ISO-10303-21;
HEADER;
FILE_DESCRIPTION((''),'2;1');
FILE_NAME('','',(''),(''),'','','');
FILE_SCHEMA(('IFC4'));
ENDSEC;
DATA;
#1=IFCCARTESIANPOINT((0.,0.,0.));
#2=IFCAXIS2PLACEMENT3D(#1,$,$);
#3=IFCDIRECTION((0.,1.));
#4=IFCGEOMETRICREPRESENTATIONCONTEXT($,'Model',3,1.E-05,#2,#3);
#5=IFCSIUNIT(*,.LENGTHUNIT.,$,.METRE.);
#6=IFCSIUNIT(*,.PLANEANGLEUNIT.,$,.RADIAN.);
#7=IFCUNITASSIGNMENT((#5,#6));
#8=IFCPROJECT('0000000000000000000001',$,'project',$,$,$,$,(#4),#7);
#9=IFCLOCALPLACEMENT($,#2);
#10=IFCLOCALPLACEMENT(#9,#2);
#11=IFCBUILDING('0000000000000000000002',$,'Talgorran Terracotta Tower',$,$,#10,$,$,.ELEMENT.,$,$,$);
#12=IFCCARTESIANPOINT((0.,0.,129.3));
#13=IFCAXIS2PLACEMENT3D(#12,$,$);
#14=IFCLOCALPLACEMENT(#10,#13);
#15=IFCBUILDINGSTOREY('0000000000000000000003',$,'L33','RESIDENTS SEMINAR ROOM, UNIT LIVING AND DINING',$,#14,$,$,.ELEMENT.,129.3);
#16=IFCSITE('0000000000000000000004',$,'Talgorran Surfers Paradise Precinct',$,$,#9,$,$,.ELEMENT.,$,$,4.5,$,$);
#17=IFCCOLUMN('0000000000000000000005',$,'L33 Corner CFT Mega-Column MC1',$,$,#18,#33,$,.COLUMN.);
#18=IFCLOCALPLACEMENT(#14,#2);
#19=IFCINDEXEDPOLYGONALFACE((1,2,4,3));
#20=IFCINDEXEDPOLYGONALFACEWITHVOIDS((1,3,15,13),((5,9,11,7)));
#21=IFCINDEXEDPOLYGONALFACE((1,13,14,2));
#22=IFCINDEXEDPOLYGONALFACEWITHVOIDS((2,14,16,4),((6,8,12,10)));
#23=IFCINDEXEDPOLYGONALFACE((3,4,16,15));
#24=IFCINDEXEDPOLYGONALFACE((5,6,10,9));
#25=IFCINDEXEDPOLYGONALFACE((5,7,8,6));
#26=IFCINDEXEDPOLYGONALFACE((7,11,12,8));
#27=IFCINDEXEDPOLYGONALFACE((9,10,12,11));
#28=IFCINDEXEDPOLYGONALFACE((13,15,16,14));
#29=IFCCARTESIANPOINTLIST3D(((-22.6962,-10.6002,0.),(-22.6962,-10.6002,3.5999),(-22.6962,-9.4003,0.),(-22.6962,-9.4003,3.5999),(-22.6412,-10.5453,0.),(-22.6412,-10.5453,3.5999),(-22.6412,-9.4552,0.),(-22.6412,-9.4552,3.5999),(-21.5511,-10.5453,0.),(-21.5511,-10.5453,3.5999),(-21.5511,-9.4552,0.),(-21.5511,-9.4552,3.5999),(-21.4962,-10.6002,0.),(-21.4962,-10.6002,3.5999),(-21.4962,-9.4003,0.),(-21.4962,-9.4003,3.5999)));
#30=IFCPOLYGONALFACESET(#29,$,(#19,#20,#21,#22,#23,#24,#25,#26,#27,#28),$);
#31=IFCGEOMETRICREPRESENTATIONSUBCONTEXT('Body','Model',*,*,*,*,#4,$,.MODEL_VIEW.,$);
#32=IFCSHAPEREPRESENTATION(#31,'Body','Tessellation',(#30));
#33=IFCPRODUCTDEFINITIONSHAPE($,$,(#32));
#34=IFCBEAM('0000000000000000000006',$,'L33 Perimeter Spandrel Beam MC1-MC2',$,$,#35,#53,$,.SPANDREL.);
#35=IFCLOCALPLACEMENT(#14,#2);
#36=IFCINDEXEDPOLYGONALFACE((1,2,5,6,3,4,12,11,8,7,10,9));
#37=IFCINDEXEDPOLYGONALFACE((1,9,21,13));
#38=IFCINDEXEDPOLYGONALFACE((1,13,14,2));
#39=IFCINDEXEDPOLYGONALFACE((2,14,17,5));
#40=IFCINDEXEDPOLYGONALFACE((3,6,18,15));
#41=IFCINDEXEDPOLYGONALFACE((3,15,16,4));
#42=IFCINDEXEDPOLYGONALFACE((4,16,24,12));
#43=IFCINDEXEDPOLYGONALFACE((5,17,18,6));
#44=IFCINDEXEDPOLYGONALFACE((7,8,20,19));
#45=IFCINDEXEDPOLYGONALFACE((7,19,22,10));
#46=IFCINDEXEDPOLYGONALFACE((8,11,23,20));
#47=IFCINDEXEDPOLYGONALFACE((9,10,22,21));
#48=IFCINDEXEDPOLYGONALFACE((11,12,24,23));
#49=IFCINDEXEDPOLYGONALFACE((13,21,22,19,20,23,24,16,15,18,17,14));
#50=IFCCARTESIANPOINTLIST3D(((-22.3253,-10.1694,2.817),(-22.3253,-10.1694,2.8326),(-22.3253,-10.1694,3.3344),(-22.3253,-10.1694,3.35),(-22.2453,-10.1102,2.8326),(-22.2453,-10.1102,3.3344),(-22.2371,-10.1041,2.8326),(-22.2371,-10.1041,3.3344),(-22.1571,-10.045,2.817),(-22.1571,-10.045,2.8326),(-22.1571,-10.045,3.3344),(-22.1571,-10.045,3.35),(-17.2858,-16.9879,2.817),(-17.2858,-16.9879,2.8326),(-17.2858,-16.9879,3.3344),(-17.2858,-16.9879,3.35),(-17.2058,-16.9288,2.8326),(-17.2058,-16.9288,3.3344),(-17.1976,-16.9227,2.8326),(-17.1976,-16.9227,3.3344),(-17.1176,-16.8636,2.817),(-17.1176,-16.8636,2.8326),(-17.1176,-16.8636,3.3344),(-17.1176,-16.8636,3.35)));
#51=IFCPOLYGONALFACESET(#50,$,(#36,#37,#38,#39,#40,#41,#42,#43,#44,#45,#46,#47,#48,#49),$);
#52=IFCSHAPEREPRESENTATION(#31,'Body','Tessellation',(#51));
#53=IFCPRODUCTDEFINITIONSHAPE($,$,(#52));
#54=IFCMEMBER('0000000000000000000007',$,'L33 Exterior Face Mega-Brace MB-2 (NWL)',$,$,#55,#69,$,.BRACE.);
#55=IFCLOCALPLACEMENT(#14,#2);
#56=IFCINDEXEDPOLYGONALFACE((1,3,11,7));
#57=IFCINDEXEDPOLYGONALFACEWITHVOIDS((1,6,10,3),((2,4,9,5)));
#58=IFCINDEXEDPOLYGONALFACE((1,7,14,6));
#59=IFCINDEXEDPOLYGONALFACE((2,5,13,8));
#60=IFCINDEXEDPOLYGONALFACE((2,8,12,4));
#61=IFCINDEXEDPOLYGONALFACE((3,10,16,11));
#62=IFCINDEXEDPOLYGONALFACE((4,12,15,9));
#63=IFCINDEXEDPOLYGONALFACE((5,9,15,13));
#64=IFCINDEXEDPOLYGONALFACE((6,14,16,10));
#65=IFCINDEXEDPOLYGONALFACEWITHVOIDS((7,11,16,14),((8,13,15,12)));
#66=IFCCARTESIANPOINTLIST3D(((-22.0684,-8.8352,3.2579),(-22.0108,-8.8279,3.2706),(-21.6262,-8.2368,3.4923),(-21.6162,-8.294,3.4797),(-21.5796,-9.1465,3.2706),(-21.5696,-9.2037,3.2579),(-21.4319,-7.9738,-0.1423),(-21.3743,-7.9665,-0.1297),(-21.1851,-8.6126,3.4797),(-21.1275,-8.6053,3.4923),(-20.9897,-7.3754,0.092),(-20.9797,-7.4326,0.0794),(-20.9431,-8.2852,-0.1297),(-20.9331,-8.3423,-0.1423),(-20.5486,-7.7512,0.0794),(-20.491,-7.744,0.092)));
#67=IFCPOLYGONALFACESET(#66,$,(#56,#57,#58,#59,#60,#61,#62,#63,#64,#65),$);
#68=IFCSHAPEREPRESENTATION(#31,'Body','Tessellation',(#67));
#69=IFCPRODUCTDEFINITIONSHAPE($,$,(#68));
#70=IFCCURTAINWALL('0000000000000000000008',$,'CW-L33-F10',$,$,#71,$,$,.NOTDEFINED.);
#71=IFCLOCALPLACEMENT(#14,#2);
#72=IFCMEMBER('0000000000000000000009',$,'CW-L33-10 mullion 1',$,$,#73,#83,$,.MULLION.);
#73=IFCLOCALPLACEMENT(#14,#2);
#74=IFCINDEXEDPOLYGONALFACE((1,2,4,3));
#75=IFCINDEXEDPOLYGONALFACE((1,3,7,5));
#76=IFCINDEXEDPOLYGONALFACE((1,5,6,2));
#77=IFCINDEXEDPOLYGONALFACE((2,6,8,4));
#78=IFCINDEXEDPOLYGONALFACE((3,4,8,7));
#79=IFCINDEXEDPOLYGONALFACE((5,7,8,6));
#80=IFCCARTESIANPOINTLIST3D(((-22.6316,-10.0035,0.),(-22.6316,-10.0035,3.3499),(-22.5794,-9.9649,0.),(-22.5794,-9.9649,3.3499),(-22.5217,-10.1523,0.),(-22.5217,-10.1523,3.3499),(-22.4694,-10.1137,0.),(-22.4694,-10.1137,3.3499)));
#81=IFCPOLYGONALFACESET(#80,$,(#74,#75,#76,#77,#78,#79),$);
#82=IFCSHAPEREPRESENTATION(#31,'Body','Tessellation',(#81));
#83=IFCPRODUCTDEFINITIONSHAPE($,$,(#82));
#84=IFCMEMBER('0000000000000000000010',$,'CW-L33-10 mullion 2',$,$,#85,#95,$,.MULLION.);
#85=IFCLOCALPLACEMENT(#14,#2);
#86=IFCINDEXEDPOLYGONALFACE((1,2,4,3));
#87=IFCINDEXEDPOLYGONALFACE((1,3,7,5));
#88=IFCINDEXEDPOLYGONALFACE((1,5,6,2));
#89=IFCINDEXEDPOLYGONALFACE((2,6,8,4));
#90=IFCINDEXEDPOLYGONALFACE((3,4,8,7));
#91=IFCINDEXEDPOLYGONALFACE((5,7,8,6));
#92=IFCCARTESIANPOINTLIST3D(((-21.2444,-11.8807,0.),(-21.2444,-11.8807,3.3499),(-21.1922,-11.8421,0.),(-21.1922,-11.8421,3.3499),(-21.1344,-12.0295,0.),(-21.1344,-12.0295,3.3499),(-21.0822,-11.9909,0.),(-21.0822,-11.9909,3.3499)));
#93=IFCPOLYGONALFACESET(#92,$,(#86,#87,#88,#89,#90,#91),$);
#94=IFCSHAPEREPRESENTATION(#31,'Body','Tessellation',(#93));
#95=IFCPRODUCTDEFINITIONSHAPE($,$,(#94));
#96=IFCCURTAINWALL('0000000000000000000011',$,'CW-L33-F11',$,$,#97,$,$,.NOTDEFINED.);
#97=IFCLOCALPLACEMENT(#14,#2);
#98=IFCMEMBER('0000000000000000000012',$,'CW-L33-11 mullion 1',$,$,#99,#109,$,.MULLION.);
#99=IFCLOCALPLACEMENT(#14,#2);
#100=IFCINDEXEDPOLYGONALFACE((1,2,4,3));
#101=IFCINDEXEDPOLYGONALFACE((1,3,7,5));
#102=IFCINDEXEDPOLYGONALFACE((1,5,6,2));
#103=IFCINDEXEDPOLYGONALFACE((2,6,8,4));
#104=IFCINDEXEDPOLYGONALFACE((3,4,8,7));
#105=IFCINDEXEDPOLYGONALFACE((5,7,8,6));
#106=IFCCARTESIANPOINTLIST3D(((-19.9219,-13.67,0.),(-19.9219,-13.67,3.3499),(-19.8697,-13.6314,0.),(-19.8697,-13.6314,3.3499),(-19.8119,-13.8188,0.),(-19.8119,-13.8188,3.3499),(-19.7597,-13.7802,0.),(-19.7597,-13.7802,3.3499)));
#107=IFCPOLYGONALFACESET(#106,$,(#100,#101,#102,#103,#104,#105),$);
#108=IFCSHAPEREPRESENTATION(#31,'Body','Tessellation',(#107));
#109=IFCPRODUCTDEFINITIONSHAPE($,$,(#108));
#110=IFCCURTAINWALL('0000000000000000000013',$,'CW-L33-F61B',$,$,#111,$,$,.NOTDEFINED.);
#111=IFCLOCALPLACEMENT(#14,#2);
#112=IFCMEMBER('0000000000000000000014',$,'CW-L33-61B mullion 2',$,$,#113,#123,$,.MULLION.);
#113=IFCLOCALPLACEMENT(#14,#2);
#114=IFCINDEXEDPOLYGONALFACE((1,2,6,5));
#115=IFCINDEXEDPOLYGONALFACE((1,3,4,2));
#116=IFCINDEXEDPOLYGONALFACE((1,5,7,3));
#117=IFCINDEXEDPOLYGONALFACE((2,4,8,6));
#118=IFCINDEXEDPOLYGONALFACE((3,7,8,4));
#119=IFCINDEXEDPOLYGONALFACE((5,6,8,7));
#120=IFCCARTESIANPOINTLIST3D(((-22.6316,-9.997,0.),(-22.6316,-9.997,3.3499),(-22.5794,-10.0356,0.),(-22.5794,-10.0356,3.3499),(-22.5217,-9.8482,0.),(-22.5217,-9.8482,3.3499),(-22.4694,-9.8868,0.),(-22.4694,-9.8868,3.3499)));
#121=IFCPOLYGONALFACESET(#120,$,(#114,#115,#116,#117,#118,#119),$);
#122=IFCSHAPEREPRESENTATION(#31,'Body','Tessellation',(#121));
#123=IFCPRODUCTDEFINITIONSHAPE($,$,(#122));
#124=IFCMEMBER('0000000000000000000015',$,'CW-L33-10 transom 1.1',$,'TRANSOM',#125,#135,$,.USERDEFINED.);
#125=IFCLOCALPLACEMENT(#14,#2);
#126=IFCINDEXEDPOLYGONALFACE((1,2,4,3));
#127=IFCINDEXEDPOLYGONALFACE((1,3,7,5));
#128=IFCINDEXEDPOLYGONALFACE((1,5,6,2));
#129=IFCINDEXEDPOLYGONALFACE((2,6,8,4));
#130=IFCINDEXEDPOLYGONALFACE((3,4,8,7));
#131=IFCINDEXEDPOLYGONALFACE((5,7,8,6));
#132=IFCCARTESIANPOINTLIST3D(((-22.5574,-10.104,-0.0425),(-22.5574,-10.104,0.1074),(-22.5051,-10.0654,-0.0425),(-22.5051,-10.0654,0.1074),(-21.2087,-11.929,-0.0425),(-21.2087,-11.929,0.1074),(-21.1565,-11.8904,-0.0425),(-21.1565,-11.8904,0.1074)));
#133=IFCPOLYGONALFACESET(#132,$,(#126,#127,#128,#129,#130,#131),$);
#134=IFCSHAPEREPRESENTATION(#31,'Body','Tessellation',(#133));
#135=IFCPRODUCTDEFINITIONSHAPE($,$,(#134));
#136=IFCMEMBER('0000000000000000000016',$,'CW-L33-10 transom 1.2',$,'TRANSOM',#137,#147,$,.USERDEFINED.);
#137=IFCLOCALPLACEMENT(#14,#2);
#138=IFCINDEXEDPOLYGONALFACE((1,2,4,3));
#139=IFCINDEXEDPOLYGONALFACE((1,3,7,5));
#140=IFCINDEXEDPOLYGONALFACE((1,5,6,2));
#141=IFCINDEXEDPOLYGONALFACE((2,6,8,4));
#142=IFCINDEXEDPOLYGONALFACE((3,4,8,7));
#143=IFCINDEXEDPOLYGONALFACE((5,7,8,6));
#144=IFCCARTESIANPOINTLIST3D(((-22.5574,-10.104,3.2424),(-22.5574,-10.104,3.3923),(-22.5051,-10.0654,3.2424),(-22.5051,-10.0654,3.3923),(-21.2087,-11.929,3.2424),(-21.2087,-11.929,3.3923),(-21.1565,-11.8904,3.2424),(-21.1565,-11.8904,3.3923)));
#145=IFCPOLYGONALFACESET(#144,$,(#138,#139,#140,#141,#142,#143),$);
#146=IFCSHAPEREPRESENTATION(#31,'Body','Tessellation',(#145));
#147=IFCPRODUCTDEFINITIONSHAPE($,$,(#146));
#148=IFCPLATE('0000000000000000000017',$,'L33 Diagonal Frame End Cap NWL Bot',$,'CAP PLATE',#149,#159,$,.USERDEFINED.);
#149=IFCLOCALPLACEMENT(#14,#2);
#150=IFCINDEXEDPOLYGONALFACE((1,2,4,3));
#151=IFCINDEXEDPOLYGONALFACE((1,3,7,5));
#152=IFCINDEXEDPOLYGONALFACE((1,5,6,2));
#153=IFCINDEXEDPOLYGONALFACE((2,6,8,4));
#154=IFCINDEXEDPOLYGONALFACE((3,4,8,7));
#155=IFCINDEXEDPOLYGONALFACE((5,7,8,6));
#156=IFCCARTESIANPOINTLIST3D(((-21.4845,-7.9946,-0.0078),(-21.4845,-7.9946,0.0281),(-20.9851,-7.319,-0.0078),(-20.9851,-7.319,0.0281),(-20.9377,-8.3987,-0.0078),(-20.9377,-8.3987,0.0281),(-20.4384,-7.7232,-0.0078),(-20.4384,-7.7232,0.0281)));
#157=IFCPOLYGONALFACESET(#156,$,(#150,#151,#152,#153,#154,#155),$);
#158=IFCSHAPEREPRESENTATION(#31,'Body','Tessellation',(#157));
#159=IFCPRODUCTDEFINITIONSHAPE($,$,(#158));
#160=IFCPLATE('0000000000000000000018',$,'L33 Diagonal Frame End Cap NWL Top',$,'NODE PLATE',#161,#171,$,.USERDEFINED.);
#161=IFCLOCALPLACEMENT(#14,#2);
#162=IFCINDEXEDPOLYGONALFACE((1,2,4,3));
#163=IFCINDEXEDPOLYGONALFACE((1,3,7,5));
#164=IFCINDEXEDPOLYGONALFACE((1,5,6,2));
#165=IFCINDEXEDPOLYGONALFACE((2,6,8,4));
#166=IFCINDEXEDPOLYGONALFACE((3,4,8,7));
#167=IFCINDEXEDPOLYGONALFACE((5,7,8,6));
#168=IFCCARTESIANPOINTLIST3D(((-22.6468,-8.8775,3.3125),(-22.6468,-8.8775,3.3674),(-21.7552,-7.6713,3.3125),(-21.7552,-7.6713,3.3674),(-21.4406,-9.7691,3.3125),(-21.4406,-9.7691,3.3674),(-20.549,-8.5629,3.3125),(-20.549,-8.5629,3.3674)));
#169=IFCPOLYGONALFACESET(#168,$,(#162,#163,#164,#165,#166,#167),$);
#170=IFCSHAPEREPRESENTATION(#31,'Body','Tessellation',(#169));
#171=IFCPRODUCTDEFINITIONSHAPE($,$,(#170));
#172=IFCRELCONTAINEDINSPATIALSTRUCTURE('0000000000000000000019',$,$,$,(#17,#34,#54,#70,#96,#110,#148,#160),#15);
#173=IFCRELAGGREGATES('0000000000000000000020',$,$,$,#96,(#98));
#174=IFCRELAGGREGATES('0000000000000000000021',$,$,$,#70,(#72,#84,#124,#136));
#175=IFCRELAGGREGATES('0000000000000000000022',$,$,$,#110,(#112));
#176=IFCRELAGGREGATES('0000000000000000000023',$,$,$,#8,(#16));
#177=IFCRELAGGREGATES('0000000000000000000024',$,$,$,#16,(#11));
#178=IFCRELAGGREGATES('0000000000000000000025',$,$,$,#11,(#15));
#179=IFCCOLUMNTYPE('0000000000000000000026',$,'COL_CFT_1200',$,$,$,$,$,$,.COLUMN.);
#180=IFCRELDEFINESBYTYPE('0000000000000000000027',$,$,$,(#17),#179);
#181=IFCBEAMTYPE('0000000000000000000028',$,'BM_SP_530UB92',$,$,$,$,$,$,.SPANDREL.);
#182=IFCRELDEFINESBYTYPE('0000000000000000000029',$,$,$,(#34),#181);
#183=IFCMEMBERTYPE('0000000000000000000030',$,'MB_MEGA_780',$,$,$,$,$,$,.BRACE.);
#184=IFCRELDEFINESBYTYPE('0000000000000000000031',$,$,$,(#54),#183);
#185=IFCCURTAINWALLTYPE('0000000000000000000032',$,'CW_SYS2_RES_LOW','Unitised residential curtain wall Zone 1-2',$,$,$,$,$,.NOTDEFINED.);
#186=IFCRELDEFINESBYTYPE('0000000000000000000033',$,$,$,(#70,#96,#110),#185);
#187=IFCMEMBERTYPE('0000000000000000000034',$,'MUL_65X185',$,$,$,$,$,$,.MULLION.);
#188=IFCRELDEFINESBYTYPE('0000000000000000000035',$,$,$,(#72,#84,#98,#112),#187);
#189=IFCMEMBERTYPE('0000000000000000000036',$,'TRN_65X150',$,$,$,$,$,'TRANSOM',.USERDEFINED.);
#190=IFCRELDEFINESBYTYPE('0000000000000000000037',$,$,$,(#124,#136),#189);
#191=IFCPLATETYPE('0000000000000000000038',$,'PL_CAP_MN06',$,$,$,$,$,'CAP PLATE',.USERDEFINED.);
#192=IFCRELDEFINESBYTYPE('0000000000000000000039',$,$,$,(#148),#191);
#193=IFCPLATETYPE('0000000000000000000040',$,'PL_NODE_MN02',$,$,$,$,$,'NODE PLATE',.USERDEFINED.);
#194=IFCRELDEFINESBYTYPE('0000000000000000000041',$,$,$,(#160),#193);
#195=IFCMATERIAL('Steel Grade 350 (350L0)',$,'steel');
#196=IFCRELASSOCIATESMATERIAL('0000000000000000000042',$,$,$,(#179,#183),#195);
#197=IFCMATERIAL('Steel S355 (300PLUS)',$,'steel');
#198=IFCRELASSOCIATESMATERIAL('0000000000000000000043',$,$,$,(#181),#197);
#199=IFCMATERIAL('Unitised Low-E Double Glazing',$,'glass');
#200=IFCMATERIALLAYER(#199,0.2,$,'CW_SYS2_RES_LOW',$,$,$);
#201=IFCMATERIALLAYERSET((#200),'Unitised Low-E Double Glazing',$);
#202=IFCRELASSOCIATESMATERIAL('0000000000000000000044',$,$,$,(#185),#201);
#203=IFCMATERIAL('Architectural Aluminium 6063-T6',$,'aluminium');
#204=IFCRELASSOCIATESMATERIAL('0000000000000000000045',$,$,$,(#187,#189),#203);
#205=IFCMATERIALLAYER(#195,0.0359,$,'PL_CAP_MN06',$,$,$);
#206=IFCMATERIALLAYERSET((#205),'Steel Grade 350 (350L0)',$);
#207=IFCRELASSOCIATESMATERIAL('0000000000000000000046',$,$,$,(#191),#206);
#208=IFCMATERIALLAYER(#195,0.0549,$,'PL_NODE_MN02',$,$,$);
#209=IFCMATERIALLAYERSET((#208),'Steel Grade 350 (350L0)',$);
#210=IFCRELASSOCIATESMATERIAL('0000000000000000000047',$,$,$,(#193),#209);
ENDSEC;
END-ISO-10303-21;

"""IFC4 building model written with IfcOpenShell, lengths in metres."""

from ifc_helpers import new_model, si_unit, direction, frame, origin, origin_2d, place, context, subcontext, project, spatial, rectangle, hollow_rectangle, i_section, extrude, material, layer, layer_set, material_profile, profile_set, type_object, element, aggregate, save


model = new_model("IFC4")

# Units and contexts
model_context = context("Model", 3, precision=1e-05, world=origin(), true_north=direction((0.0, 1.0)))
body_context = subcontext(model_context, "Body", "Model", "MODEL_VIEW")
ifc_project = project(units=[si_unit("LENGTHUNIT", "METRE"), si_unit("PLANEANGLEUNIT", "RADIAN")], contexts=[model_context])

# Site, building, storey
site_placement = place(None, origin())
site = spatial("IfcSite", under=ifc_project, at=site_placement, Name="Talgorran Surfers Paradise Precinct", CompositionType="ELEMENT", RefElevation=4.5)
building_placement = place(site_placement, origin())
building = spatial("IfcBuilding", under=site, at=building_placement, Name="Talgorran Terracotta Tower", CompositionType="ELEMENT")
storey_placement = place(building_placement, frame((0.0, 0.0, 129.3)))
storey = spatial("IfcBuildingStorey", under=building, at=storey_placement, Name="L33", Description="RESIDENTS SEMINAR ROOM, UNIT LIVING AND DINING", CompositionType="ELEMENT", Elevation=129.3)

# Column
ifc_material_1 = material(Name="Steel Grade 350 (350L0)", Category="steel")
ifc_material_profile_1 = material_profile(ifc_material_1, hollow_rectangle(XDim=1.2, YDim=1.2, WallThickness=0.0549, at=origin_2d()), Name="CFT1200X1200X55")
ifc_profile_set_1 = profile_set([ifc_material_profile_1], Name="Steel Grade 350 (350L0)")
column_type = type_object("IfcColumnType", Name="COL_CFT_1200", PredefinedType="COLUMN", material=ifc_profile_set_1)
column_placement = place(storey_placement, frame((-22.0962, -10.0002, 0.0), z_axis=(0.0, 0.0, 1.0), x_axis=(1.0, 0.0, 0.0)))
element("IfcColumn", 1, at=column_placement, inside=storey, type_object=column_type, Name="L33 Corner CFT Mega-Column MC1", PredefinedType="COLUMN", context=body_context, shape_type="SweptSolid", body=[
    extrude(hollow_rectangle(XDim=1.2, YDim=1.2, WallThickness=0.0549, at=origin_2d()), origin(), (0.0, 0.0, 1.0), 3.5999),
])

# Beam
ifc_material_2 = material(Name="Steel S355 (300PLUS)", Category="steel")
ifc_material_profile_2 = material_profile(ifc_material_2, i_section(OverallWidth=0.2092, OverallDepth=0.533, WebThickness=0.0103, FlangeThickness=0.0156, at=origin_2d()), Name="530UB92.4")
ifc_profile_set_2 = profile_set([ifc_material_profile_2], Name="Steel S355 (300PLUS)")
beam_type = type_object("IfcBeamType", Name="BM_SP_530UB92", PredefinedType="SPANDREL", material=ifc_profile_set_2)
beam_placement = place(storey_placement, frame((-22.2412, -10.1072, 3.0835), z_axis=(0.594369, -0.804192, 0.0), x_axis=(0.804192, 0.594369, 0.0)))
element("IfcBeam", 2, at=beam_placement, inside=storey, type_object=beam_type, Name="L33 Perimeter Spandrel Beam MC1-MC2", PredefinedType="SPANDREL", context=body_context, shape_type="SweptSolid", body=[
    extrude(i_section(OverallWidth=0.2092, OverallDepth=0.533, WebThickness=0.0103, FlangeThickness=0.0156, at=origin_2d()), origin(), (0.0, 0.0, 1.0), 8.4788),
])

# Member
ifc_material_profile_3 = material_profile(ifc_material_1, hollow_rectangle(XDim=0.6201, YDim=0.78, WallThickness=0.042, at=origin_2d()), Name="WBOX780X620X42")
ifc_profile_set_3 = profile_set([ifc_material_profile_3], Name="Steel Grade 350 (350L0)")
member_type_1 = type_object("IfcMemberType", Name="MB_MEGA_780", PredefinedType="BRACE", material=ifc_profile_set_3)
member_1_placement = place(storey_placement, frame((-20.9614, -7.8589, -0.0251), z_axis=(-0.178543, -0.241619, 0.953804), x_axis=(0.804247, -0.594295, 0.0)))
element("IfcMember", 3, at=member_1_placement, inside=storey, type_object=member_type_1, Name="L33 Exterior Face Mega-Brace MB-2 (NWL)", PredefinedType="BRACE", context=body_context, shape_type="SweptSolid", body=[
    extrude(hollow_rectangle(XDim=0.6201, YDim=0.78, WallThickness=0.042, at=origin_2d()), origin(), (0.0, 0.0, 1.0), 3.5649),
])

# Curtain wall, members
ifc_material_3 = material(Name="Unitised Low-E Double Glazing", Category="glass")
ifc_layer_1 = layer(ifc_material_3, 0.2, Name="CW_SYS2_RES_LOW")
ifc_layer_set_1 = layer_set([ifc_layer_1], Name="Unitised Low-E Double Glazing")
curtain_wall_type = type_object("IfcCurtainWallType", Name="CW_SYS2_RES_LOW", Description="Unitised residential curtain wall Zone 1-2", PredefinedType="NOTDEFINED", material=ifc_layer_set_1)
curtain_wall_1_placement = place(storey_placement, origin())
curtain_wall_1 = element("IfcCurtainWall", 4, at=curtain_wall_1_placement, inside=storey, type_object=curtain_wall_type, Name="CW-L33-F10", PredefinedType="NOTDEFINED")
ifc_material_4 = material(Name="Architectural Aluminium 6063-T6", Category="aluminium")
ifc_material_profile_4 = material_profile(ifc_material_4, rectangle(XDim=0.0649, YDim=0.1851, at=origin_2d()), Name="CWM65X185")
ifc_profile_set_4 = profile_set([ifc_material_profile_4], Name="Architectural Aluminium 6063-T6")
member_type_2 = type_object("IfcMemberType", Name="MUL_65X185", PredefinedType="MULLION", material=ifc_profile_set_4)
member_2_placement = place(storey_placement, frame((-22.5505, -10.0586, 0.0), z_axis=(0.0, 0.0, 1.0), x_axis=(0.804206, 0.59435, 0.0)))
member_2 = element("IfcMember", 5, at=member_2_placement, type_object=member_type_2, Name="CW-L33-10 mullion 1", PredefinedType="MULLION", context=body_context, shape_type="SweptSolid", body=[
    extrude(rectangle(XDim=0.0649, YDim=0.1851, at=origin_2d()), origin(), (0.0, 0.0, 1.0), 3.3499),
])
member_3_placement = place(storey_placement, frame((-21.1633, -11.9358, 0.0), z_axis=(0.0, 0.0, 1.0), x_axis=(0.804206, 0.59435, 0.0)))
member_3 = element("IfcMember", 6, at=member_3_placement, type_object=member_type_2, Name="CW-L33-10 mullion 2", PredefinedType="MULLION", context=body_context, shape_type="SweptSolid", body=[
    extrude(rectangle(XDim=0.0649, YDim=0.1851, at=origin_2d()), origin(), (0.0, 0.0, 1.0), 3.3499),
])

# Curtain walls, members
curtain_wall_2_placement = place(storey_placement, origin())
curtain_wall_2 = element("IfcCurtainWall", 7, at=curtain_wall_2_placement, inside=storey, type_object=curtain_wall_type, Name="CW-L33-F11", PredefinedType="NOTDEFINED")
member_4_placement = place(storey_placement, frame((-19.8408, -13.7251, 0.0), z_axis=(0.0, 0.0, 1.0), x_axis=(0.804194, 0.594366, 0.0)))
member_4 = element("IfcMember", 8, at=member_4_placement, type_object=member_type_2, Name="CW-L33-11 mullion 1", PredefinedType="MULLION", context=body_context, shape_type="SweptSolid", body=[
    extrude(rectangle(XDim=0.0649, YDim=0.1851, at=origin_2d()), origin(), (0.0, 0.0, 1.0), 3.3499),
])
aggregate(curtain_wall_2, [member_4])
curtain_wall_3_placement = place(storey_placement, origin())
curtain_wall_3 = element("IfcCurtainWall", 9, at=curtain_wall_3_placement, inside=storey, type_object=curtain_wall_type, Name="CW-L33-F61B", PredefinedType="NOTDEFINED")
member_5_placement = place(storey_placement, frame((-22.5505, -9.9419, 0.0), z_axis=(0.0, 0.0, 1.0), x_axis=(0.8042, -0.594359, 0.0)))
member_5 = element("IfcMember", 10, at=member_5_placement, type_object=member_type_2, Name="CW-L33-61B mullion 2", PredefinedType="MULLION", context=body_context, shape_type="SweptSolid", body=[
    extrude(rectangle(XDim=0.0649, YDim=0.1851, at=origin_2d()), origin(), (0.0, 0.0, 1.0), 3.3499),
])

# Members
ifc_material_profile_5 = material_profile(ifc_material_4, rectangle(XDim=0.0649, YDim=0.1499, at=origin_2d()), Name="CWT65X150")
ifc_profile_set_5 = profile_set([ifc_material_profile_5], Name="Architectural Aluminium 6063-T6")
member_type_3 = type_object("IfcMemberType", Name="TRN_65X150", ElementType="TRANSOM", PredefinedType="USERDEFINED", material=ifc_profile_set_5)
member_6_placement = place(storey_placement, frame((-22.5312, -10.0847, 0.0325), z_axis=(0.594321, -0.804228, 0.0), x_axis=(0.804228, 0.594321, 0.0)))
member_6 = element("IfcMember", 11, at=member_6_placement, type_object=member_type_3, Name="CW-L33-10 transom 1.1", ObjectType="TRANSOM", PredefinedType="USERDEFINED", context=body_context, shape_type="SweptSolid", body=[
    extrude(rectangle(XDim=0.0649, YDim=0.1499, at=origin_2d()), origin(), (0.0, 0.0, 1.0), 2.2693),
])
member_7_placement = place(storey_placement, frame((-22.5312, -10.0847, 3.3174), z_axis=(0.594321, -0.804228, 0.0), x_axis=(0.804228, 0.594321, 0.0)))
member_7 = element("IfcMember", 12, at=member_7_placement, type_object=member_type_3, Name="CW-L33-10 transom 1.2", ObjectType="TRANSOM", PredefinedType="USERDEFINED", context=body_context, shape_type="SweptSolid", body=[
    extrude(rectangle(XDim=0.0649, YDim=0.1499, at=origin_2d()), origin(), (0.0, 0.0, 1.0), 2.2693),
])

# Plates
ifc_layer_2 = layer(ifc_material_1, 0.0359, Name="PL_CAP_MN06")
ifc_layer_set_2 = layer_set([ifc_layer_2], Name="Steel Grade 350 (350L0)")
plate_type_1 = type_object("IfcPlateType", Name="PL_CAP_MN06", ElementType="CAP PLATE", PredefinedType="USERDEFINED", material=ifc_layer_set_2)
plate_1_placement = place(storey_placement, frame((-20.9614, -7.8589, -0.0078), z_axis=(0.0, 0.0, 1.0), x_axis=(-0.594402, -0.804168, 0.0)))
element("IfcPlate", 13, at=plate_1_placement, inside=storey, type_object=plate_type_1, Name="L33 Diagonal Frame End Cap NWL Bot", ObjectType="CAP PLATE", PredefinedType="USERDEFINED", context=body_context, shape_type="SweptSolid", body=[
    extrude(rectangle(XDim=0.8401, YDim=0.6799, at=origin_2d()), origin(), (0.0, 0.0, 1.0), 0.0359),
])
ifc_layer_3 = layer(ifc_material_1, 0.0549, Name="PL_NODE_MN02")
ifc_layer_set_3 = layer_set([ifc_layer_3], Name="Steel Grade 350 (350L0)")
plate_type_2 = type_object("IfcPlateType", Name="PL_NODE_MN02", ElementType="NODE PLATE", PredefinedType="USERDEFINED", material=ifc_layer_set_3)
plate_2_placement = place(storey_placement, frame((-21.5979, -8.7202, 3.3125), z_axis=(0.0, 0.0, 1.0), x_axis=(-0.594402, -0.804168, 0.0)))
element("IfcPlate", 14, at=plate_2_placement, inside=storey, type_object=plate_type_2, Name="L33 Diagonal Frame End Cap NWL Top", ObjectType="NODE PLATE", PredefinedType="USERDEFINED", context=body_context, shape_type="SweptSolid", body=[
    extrude(rectangle(XDim=1.5, YDim=1.5, at=origin_2d()), origin(), (0.0, 0.0, 1.0), 0.0549),
])

aggregate(curtain_wall_1, [member_2, member_3, member_6, member_7])
aggregate(curtain_wall_3, [member_5])

save(model, "model.ifc")
